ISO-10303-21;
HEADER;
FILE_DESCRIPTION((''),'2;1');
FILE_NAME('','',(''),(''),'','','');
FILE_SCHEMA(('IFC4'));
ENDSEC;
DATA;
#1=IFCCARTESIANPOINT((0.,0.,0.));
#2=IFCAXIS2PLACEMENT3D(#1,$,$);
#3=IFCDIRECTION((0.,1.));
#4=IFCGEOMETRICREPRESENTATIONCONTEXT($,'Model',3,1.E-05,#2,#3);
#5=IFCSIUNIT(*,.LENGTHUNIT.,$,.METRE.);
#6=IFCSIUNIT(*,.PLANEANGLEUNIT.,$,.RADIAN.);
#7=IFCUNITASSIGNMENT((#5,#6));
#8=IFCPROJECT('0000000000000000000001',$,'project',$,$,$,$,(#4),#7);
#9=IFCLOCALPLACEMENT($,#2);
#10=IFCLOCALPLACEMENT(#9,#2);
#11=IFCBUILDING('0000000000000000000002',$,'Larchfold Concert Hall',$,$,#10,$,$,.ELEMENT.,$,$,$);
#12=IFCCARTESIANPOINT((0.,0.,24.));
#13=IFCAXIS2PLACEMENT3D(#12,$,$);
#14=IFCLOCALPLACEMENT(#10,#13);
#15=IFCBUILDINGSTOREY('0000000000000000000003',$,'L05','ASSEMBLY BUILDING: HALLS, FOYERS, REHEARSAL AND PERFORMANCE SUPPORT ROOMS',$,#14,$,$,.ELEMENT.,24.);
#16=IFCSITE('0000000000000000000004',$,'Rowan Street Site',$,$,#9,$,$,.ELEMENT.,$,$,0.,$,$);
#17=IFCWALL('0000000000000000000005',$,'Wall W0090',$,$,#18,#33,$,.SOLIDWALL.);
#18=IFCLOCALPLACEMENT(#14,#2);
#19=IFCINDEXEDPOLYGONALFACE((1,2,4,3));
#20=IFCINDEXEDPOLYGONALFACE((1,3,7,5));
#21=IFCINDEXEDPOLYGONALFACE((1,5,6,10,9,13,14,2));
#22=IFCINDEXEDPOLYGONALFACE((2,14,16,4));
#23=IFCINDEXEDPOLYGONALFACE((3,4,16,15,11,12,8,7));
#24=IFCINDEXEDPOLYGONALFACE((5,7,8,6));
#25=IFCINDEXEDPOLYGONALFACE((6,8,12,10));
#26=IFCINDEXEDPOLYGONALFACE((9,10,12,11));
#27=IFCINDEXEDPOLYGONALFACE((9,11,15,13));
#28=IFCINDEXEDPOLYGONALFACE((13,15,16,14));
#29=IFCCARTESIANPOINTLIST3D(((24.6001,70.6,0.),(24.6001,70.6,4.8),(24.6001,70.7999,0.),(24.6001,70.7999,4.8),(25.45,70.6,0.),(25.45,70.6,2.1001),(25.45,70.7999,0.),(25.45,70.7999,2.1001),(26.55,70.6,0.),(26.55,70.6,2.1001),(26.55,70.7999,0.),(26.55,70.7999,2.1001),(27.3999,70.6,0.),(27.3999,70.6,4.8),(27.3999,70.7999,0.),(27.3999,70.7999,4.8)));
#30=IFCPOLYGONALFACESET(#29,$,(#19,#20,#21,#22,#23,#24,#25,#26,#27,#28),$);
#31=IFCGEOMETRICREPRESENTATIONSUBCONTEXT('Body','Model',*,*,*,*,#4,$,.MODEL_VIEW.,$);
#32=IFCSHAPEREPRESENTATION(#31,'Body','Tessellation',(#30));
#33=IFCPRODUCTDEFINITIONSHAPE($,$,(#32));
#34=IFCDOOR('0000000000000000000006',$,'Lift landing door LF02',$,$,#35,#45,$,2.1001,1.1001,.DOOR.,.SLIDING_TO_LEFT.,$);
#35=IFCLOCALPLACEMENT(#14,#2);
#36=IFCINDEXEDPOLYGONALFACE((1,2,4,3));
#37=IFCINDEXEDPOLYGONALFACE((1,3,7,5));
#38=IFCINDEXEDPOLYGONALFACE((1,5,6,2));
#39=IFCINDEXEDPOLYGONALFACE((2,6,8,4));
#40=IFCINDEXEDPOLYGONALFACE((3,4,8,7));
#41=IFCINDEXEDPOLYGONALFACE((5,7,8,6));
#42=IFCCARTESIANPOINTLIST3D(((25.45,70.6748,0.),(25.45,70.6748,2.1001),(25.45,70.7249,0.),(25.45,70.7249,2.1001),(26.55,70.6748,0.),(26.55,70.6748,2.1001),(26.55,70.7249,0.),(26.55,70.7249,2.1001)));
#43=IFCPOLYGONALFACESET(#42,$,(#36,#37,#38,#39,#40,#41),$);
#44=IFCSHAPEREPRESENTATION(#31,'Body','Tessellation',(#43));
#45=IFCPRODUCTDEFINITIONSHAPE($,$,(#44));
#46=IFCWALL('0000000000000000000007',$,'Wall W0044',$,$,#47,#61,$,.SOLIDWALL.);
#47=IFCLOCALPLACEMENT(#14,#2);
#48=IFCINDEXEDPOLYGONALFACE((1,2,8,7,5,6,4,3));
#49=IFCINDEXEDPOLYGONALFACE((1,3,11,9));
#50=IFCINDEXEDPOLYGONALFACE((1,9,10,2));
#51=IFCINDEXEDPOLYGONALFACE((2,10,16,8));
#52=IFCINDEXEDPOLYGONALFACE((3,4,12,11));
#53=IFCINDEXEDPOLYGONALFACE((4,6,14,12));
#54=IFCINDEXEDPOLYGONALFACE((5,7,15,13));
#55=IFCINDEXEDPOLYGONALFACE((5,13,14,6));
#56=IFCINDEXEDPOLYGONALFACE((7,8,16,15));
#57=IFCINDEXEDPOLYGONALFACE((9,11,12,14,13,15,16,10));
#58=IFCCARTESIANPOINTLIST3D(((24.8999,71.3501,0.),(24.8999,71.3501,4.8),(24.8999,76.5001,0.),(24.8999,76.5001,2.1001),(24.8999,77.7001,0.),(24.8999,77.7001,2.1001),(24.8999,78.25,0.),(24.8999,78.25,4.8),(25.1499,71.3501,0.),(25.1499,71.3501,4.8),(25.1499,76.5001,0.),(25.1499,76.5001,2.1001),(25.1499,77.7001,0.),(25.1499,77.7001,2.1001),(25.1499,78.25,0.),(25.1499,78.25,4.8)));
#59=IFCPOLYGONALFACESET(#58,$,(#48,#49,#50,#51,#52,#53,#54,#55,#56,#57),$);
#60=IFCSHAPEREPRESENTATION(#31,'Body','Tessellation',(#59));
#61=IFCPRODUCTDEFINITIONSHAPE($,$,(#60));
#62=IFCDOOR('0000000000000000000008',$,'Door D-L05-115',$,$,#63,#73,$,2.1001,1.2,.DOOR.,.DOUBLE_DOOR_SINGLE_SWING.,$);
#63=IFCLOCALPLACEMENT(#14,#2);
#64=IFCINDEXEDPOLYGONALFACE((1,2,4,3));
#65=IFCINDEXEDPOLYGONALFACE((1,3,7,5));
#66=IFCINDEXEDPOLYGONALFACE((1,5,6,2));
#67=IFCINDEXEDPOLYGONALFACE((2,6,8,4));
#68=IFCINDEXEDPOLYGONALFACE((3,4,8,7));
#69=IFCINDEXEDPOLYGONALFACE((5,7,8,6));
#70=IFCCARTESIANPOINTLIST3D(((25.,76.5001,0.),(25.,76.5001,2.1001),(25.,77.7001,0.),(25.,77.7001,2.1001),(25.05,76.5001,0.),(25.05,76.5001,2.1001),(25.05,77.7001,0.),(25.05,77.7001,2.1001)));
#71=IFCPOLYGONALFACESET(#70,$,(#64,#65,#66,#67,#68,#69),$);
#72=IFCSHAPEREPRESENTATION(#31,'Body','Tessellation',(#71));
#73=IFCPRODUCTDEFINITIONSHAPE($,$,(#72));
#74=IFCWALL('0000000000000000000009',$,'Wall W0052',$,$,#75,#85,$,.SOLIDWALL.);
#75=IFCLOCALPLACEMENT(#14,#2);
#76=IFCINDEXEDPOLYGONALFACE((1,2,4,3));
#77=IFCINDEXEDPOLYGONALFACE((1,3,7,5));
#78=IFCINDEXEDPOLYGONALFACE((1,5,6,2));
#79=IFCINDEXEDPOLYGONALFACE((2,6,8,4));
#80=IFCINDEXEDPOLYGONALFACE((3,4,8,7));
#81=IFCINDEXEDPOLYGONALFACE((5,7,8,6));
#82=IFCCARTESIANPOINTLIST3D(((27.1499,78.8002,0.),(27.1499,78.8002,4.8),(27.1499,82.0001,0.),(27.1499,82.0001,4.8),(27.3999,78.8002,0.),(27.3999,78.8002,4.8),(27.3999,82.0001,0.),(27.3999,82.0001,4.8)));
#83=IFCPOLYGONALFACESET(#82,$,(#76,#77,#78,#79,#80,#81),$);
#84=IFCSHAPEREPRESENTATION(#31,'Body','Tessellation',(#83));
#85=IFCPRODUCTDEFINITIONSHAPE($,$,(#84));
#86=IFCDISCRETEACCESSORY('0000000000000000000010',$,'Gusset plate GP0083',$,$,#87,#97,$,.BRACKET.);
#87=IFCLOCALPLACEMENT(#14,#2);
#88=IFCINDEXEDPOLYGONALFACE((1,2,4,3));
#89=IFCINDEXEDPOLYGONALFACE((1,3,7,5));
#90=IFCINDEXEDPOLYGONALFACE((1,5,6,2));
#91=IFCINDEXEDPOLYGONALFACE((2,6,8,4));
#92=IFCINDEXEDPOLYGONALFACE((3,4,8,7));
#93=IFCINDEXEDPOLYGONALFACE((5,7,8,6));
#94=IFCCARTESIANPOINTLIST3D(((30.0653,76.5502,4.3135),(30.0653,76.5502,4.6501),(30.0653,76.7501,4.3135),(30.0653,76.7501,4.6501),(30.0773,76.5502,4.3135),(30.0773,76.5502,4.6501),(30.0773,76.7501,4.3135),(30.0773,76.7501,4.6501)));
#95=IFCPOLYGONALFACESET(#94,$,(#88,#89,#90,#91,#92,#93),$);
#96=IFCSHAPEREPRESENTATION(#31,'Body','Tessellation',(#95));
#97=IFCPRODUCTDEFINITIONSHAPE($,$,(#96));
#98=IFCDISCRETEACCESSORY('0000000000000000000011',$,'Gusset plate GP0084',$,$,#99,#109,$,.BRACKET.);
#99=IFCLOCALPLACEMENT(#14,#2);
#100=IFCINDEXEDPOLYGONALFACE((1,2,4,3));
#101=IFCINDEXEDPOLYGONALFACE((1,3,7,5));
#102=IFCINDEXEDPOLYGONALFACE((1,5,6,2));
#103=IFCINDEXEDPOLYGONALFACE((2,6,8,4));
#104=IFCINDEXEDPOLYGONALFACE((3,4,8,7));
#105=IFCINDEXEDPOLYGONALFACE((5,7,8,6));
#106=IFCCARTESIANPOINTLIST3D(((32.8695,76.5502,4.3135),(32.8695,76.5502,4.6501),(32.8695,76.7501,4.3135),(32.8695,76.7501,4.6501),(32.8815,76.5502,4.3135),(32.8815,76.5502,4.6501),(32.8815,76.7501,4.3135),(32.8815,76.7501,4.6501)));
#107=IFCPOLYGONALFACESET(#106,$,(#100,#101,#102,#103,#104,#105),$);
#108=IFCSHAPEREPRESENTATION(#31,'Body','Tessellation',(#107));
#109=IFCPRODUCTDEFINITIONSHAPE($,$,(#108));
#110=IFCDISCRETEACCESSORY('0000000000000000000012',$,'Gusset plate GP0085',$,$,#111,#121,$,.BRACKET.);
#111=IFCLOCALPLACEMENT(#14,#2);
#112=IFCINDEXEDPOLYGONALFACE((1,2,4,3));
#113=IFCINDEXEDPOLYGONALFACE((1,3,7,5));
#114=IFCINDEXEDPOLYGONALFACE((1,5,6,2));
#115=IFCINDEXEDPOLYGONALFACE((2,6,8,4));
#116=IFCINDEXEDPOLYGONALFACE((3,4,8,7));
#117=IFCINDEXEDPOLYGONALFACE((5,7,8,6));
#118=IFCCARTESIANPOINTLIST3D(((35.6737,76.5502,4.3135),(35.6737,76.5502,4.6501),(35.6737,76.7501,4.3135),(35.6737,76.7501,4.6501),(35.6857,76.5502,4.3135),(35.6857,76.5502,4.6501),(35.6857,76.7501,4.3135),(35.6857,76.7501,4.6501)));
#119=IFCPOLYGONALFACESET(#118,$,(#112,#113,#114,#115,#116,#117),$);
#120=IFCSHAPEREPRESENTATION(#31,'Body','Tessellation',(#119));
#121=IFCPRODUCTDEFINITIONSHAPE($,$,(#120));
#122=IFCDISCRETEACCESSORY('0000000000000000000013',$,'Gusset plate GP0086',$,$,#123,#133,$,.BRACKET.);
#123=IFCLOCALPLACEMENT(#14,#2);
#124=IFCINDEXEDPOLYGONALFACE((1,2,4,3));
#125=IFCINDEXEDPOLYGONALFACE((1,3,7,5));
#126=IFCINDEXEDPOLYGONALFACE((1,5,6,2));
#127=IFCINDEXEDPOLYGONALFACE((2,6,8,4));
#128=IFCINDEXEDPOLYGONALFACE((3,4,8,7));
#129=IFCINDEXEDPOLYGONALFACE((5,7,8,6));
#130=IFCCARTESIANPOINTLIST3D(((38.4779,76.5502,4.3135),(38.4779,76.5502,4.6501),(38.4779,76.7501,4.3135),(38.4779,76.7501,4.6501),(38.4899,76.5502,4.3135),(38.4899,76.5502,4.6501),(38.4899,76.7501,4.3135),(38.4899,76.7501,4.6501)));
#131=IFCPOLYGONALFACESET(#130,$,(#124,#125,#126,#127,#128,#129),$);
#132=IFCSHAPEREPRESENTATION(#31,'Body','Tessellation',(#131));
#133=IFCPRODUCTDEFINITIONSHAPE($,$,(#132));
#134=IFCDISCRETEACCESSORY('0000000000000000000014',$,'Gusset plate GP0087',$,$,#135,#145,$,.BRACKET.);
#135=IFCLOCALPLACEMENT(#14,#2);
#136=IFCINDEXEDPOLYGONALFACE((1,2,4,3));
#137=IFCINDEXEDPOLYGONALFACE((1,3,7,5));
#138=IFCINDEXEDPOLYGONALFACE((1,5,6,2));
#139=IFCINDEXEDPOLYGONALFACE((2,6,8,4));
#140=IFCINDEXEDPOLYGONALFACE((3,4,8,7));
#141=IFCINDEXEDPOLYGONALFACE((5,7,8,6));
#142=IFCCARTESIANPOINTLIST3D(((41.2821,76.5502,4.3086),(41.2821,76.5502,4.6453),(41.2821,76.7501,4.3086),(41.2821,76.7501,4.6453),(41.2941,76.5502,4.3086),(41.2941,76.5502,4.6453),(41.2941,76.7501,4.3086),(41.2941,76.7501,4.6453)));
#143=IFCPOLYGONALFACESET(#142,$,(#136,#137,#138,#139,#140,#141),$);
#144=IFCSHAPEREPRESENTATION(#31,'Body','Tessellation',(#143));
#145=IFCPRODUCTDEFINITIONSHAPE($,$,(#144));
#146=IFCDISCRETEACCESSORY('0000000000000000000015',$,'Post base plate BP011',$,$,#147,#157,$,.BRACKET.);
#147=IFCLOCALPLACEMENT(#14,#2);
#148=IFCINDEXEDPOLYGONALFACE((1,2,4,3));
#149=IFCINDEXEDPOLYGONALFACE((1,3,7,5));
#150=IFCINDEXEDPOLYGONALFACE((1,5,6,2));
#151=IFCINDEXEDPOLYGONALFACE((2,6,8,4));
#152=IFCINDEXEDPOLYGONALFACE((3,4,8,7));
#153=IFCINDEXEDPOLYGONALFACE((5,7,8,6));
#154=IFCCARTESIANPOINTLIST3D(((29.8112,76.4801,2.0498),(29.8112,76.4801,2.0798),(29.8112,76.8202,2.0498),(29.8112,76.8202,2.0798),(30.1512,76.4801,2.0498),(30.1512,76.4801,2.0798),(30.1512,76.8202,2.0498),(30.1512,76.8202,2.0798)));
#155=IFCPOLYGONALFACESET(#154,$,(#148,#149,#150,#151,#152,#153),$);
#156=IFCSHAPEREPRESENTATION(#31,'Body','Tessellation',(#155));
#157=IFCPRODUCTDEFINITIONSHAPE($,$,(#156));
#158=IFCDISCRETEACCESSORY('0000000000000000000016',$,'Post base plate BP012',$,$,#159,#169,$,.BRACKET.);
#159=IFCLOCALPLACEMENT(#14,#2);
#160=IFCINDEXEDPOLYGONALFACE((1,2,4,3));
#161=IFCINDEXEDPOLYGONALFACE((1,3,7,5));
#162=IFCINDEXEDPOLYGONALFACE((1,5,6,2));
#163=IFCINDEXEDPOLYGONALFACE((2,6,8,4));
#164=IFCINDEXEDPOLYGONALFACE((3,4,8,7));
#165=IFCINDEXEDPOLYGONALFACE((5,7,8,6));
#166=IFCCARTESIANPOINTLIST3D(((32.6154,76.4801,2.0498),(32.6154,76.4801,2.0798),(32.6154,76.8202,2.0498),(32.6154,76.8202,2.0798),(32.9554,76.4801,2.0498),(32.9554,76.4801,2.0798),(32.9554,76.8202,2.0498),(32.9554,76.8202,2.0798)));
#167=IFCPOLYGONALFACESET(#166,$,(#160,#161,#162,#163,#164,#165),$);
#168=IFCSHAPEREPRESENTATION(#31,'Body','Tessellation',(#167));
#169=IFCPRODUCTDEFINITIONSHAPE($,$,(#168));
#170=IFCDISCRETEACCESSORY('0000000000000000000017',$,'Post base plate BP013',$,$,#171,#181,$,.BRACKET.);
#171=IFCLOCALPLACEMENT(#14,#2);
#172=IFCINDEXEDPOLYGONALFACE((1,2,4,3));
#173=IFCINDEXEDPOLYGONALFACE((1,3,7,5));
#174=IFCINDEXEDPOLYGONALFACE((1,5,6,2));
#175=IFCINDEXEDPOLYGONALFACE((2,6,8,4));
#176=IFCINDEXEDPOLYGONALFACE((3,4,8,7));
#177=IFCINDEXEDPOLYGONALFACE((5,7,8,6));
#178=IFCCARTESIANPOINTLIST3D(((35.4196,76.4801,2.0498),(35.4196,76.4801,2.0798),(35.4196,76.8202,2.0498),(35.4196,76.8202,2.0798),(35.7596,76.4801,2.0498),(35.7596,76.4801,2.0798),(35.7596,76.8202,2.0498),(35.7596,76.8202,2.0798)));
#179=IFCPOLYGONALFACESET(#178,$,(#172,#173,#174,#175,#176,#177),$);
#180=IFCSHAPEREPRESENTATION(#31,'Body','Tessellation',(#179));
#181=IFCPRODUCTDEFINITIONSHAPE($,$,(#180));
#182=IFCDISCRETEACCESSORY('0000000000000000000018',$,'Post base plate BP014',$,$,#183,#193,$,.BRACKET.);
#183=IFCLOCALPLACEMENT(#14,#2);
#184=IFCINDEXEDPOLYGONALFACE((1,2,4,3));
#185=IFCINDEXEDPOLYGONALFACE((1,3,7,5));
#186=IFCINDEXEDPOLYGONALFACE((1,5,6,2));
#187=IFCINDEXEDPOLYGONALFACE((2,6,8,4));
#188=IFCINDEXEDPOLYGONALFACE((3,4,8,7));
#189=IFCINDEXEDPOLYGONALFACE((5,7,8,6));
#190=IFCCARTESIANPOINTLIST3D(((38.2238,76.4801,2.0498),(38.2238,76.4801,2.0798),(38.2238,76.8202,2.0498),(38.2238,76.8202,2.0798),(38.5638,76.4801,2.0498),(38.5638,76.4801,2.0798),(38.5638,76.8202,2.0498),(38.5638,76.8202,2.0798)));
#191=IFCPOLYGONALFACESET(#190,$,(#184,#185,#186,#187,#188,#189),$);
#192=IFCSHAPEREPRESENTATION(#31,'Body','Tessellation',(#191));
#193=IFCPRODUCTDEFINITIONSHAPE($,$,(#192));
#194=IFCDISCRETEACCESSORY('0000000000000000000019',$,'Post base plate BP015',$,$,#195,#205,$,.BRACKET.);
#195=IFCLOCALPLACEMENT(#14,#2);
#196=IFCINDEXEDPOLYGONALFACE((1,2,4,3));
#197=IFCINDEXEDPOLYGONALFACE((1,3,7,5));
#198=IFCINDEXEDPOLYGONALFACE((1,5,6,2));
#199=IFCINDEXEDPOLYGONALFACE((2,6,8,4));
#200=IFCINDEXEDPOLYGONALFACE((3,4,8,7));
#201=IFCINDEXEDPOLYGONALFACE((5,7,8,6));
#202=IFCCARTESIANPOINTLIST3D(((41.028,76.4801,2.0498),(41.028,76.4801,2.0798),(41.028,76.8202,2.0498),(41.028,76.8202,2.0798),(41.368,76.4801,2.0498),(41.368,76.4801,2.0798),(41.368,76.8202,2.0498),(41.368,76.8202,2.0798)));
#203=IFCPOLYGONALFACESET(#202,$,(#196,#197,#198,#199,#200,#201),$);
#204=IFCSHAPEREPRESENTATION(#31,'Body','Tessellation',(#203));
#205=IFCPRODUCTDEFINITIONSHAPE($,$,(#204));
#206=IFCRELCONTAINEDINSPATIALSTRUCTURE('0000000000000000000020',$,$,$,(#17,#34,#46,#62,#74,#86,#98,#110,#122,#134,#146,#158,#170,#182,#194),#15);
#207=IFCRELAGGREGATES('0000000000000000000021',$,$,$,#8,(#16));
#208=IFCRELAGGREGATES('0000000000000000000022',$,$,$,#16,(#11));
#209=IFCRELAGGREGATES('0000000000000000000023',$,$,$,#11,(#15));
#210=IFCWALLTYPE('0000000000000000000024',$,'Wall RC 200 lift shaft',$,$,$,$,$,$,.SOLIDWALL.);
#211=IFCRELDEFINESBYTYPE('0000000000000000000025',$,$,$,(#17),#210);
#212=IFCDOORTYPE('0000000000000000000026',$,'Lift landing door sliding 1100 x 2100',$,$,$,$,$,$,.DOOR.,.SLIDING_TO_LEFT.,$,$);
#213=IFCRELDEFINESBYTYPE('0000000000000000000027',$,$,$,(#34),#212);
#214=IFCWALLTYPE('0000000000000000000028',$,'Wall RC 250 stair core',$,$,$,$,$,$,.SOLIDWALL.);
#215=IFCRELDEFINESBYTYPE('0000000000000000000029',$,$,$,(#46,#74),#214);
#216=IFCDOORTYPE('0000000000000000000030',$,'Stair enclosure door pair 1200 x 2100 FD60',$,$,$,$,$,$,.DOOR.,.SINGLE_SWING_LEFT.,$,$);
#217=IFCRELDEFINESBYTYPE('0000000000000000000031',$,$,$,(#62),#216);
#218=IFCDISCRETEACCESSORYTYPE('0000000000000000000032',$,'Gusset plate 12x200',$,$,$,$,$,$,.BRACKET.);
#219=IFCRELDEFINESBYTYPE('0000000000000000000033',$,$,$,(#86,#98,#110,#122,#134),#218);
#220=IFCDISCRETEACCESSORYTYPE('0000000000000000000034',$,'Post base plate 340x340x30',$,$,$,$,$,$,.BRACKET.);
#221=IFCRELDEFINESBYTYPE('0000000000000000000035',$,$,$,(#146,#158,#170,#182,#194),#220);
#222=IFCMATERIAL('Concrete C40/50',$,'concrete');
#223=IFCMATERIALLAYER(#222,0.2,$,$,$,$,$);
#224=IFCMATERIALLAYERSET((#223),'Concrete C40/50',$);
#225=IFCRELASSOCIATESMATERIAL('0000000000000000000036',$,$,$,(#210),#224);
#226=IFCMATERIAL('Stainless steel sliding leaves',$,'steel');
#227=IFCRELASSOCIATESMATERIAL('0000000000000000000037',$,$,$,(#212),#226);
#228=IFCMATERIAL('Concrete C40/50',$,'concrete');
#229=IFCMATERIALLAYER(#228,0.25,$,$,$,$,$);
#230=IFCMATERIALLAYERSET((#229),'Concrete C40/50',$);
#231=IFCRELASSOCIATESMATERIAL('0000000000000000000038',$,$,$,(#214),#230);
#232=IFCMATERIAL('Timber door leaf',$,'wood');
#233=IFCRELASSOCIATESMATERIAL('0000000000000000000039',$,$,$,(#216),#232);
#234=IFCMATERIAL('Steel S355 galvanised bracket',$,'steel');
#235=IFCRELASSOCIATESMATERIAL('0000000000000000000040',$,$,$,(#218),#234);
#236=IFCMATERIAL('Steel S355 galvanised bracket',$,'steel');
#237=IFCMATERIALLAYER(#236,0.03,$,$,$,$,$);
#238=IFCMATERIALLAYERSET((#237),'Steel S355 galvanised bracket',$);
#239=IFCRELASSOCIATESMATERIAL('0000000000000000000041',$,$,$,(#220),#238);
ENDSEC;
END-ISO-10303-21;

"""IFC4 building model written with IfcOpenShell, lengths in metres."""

from ifc_helpers import new_model, si_unit, direction, frame, frame_2d, origin, origin_2d, place, context, subcontext, project, spatial, rectangle, extrude, material, layer, layer_set, material_profile, profile_set, type_object, element, fill, save


model = new_model("IFC4")

# Units and contexts
model_context = context("Model", 3, precision=1e-05, world=origin(), true_north=direction((0.0, 1.0)))
body_context = subcontext(model_context, "Body", "Model", "MODEL_VIEW")
ifc_project = project(units=[si_unit("LENGTHUNIT", "METRE"), si_unit("PLANEANGLEUNIT", "RADIAN")], contexts=[model_context])

# Site, building, storey
site_placement = place(None, origin())
site = spatial("IfcSite", under=ifc_project, at=site_placement, Name="Rowan Street Site", CompositionType="ELEMENT", RefElevation=0.0)
building_placement = place(site_placement, origin())
building = spatial("IfcBuilding", under=site, at=building_placement, Name="Larchfold Concert Hall", CompositionType="ELEMENT")
storey_placement = place(building_placement, frame((0.0, 0.0, 24.0)))
storey = spatial("IfcBuildingStorey", under=building, at=storey_placement, Name="L05", Description="ASSEMBLY BUILDING: HALLS, FOYERS, REHEARSAL AND PERFORMANCE SUPPORT ROOMS", CompositionType="ELEMENT", Elevation=24.0)

# Walls, openings, doors
ifc_material_1 = material(Name="Concrete C40/50", Category="concrete")
ifc_layer_1 = layer(ifc_material_1, 0.2)
ifc_layer_set_1 = layer_set([ifc_layer_1], Name="Concrete C40/50")
wall_type_1 = type_object("IfcWallType", Name="Wall RC 200 lift shaft", PredefinedType="SOLIDWALL", material=ifc_layer_set_1)
wall_1_placement = place(storey_placement, frame((24.6001, 70.7, 0.0), z_axis=(0.0, 0.0, 1.0), x_axis=(1.0, 0.0, 0.0)))
wall_1 = element("IfcWall", 1, at=wall_1_placement, inside=storey, type_object=wall_type_1, Name="Wall W0090", PredefinedType="SOLIDWALL", context=body_context, shape_type="SweptSolid", body=[
    extrude(rectangle(XDim=2.7998, YDim=0.2, at=frame_2d((1.3999, 0.0))), origin(), (0.0, 0.0, 1.0), 4.8),
])
opening_1_placement = place(wall_1_placement, frame((0.8499, 0.0, 0.0)))
opening_1 = element("IfcOpeningElement", 2, at=opening_1_placement, cuts=wall_1, PredefinedType="OPENING", context=body_context, shape_type="SweptSolid", body=[
    extrude(rectangle(XDim=1.1001, YDim=2.1001, at=frame_2d((0.55, 1.05))), frame((0.0, 0.1099, 0.0), z_axis=(0.0, -1.0, 0.0), x_axis=(1.0, 0.0, 0.0)), (0.0, 0.0, 1.0), 0.22),
])
ifc_material_2 = material(Name="Stainless steel sliding leaves", Category="steel")
door_type_1 = type_object("IfcDoorType", Name="Lift landing door sliding 1100 x 2100", OperationType="SLIDING_TO_LEFT", PredefinedType="DOOR", material=ifc_material_2)
door_1_placement = place(opening_1_placement, origin())
door_1 = element("IfcDoor", 3, at=door_1_placement, inside=storey, type_object=door_type_1, Name="Lift landing door LF02", OperationType="SLIDING_TO_LEFT", OverallHeight=2.1001, OverallWidth=1.1001, PredefinedType="DOOR", context=body_context, shape_type="SweptSolid", body=[
    extrude(rectangle(XDim=1.1001, YDim=2.1001, at=frame_2d((0.55, 1.05))), frame((0.0, 0.0249, 0.0), z_axis=(0.0, -1.0, 0.0), x_axis=(1.0, 0.0, 0.0)), (0.0, 0.0, 1.0), 0.05),
])
fill(opening_1, door_1)
ifc_material_3 = material(Name="Concrete C40/50", Category="concrete")
ifc_layer_2 = layer(ifc_material_3, 0.25)
ifc_layer_set_2 = layer_set([ifc_layer_2], Name="Concrete C40/50")
wall_type_2 = type_object("IfcWallType", Name="Wall RC 250 stair core", PredefinedType="SOLIDWALL", material=ifc_layer_set_2)
wall_2_placement = place(storey_placement, frame((25.0249, 71.3501, 0.0), z_axis=(0.0, 0.0, 1.0), x_axis=(0.0, 1.0, 0.0)))
wall_2 = element("IfcWall", 4, at=wall_2_placement, inside=storey, type_object=wall_type_2, Name="Wall W0044", PredefinedType="SOLIDWALL", context=body_context, shape_type="SweptSolid", body=[
    extrude(rectangle(XDim=6.8999, YDim=0.25, at=frame_2d((3.45, 0.0))), origin(), (0.0, 0.0, 1.0), 4.8),
])
opening_2_placement = place(wall_2_placement, frame((5.1499, 0.0, 0.0)))
opening_2 = element("IfcOpeningElement", 5, at=opening_2_placement, cuts=wall_2, PredefinedType="OPENING", context=body_context, shape_type="SweptSolid", body=[
    extrude(rectangle(XDim=1.2, YDim=2.1001, at=frame_2d((0.6001, 1.05))), frame((0.0, 0.135, 0.0), z_axis=(0.0, -1.0, 0.0), x_axis=(1.0, 0.0, 0.0)), (0.0, 0.0, 1.0), 0.27),
])
ifc_material_4 = material(Name="Timber door leaf", Category="wood")
door_type_2 = type_object("IfcDoorType", Name="Stair enclosure door pair 1200 x 2100 FD60", OperationType="SINGLE_SWING_LEFT", PredefinedType="DOOR", material=ifc_material_4)
door_2_placement = place(opening_2_placement, origin())
door_2 = element("IfcDoor", 6, at=door_2_placement, inside=storey, type_object=door_type_2, Name="Door D-L05-115", OperationType="DOUBLE_DOOR_SINGLE_SWING", OverallHeight=2.1001, OverallWidth=1.2, PredefinedType="DOOR", context=body_context, shape_type="SweptSolid", body=[
    extrude(rectangle(XDim=1.2, YDim=2.1001, at=frame_2d((0.6001, 1.05))), frame((0.0, 0.0249, 0.0), z_axis=(0.0, -1.0, 0.0), x_axis=(1.0, 0.0, 0.0)), (0.0, 0.0, 1.0), 0.05),
])
fill(opening_2, door_2)

# Wall
wall_3_placement = place(storey_placement, frame((27.2749, 78.8, 0.0), z_axis=(0.0, 0.0, 1.0), x_axis=(0.0, 1.0, 0.0)))
element("IfcWall", 7, at=wall_3_placement, inside=storey, type_object=wall_type_2, Name="Wall W0052", PredefinedType="SOLIDWALL", context=body_context, shape_type="SweptSolid", body=[
    extrude(rectangle(XDim=3.2, YDim=0.25, at=frame_2d((1.6001, 0.0))), origin(), (0.0, 0.0, 1.0), 4.8),
])

# Discrete accessories
ifc_material_5 = material(Name="Steel S355 galvanised bracket", Category="steel")
ifc_material_profile_1 = material_profile(ifc_material_5, rectangle(XDim=0.012, YDim=0.2, at=origin_2d()))
ifc_profile_set_1 = profile_set([ifc_material_profile_1], Name="Steel S355 galvanised bracket")
discrete_accessory_type_1 = type_object("IfcDiscreteAccessoryType", Name="Gusset plate 12x200", PredefinedType="BRACKET", material=ifc_profile_set_1)
for number, where, z_axis, x_axis, name in (
    (8, (30.0713, 76.6501, 4.3135), (0.0, 0.0, 1.0), (1.0, 0.0, 0.0), "Gusset plate GP0083"),
    (9, (32.8755, 76.6501, 4.3135), (0.0, 0.0, 1.0), (1.0, 0.0, 0.0), "Gusset plate GP0084"),
    (10, (35.6797, 76.6501, 4.3135), (0.0, 0.0, 1.0), (1.0, 0.0, 0.0), "Gusset plate GP0085"),
    (11, (38.4839, 76.6501, 4.3135), (0.0, 0.0, 1.0), (1.0, 0.0, 0.0), "Gusset plate GP0086"),
    (12, (41.2881, 76.6501, 4.3086), (0.0, 0.0, 1.0), (1.0, 0.0, 0.0), "Gusset plate GP0087"),
):
    element("IfcDiscreteAccessory", number, at=place(storey_placement, frame(where, z_axis=z_axis, x_axis=x_axis)), inside=storey, type_object=discrete_accessory_type_1, Name=name, PredefinedType="BRACKET", context=body_context, shape_type="SweptSolid", body=[
        extrude(rectangle(XDim=0.012, YDim=0.2, at=origin_2d()), origin(), (0.0, 0.0, 1.0), 0.3367),
    ])
ifc_material_6 = material(Name="Steel S355 galvanised bracket", Category="steel")
ifc_layer_3 = layer(ifc_material_6, 0.03)
ifc_layer_set_3 = layer_set([ifc_layer_3], Name="Steel S355 galvanised bracket")
discrete_accessory_type_2 = type_object("IfcDiscreteAccessoryType", Name="Post base plate 340x340x30", PredefinedType="BRACKET", material=ifc_layer_set_3)
for number, where, z_axis, x_axis, name in (
    (13, (29.9812, 76.6501, 2.0498), (0.0, 0.0, 1.0), (1.0, 0.0, 0.0), "Post base plate BP011"),
    (14, (32.7854, 76.6501, 2.0498), (0.0, 0.0, 1.0), (1.0, 0.0, 0.0), "Post base plate BP012"),
    (15, (35.5896, 76.6501, 2.0498), (0.0, 0.0, 1.0), (1.0, 0.0, 0.0), "Post base plate BP013"),
    (16, (38.3938, 76.6501, 2.0498), (0.0, 0.0, 1.0), (1.0, 0.0, 0.0), "Post base plate BP014"),
    (17, (41.198, 76.6501, 2.0498), (0.0, 0.0, 1.0), (1.0, 0.0, 0.0), "Post base plate BP015"),
):
    element("IfcDiscreteAccessory", number, at=place(storey_placement, frame(where, z_axis=z_axis, x_axis=x_axis)), inside=storey, type_object=discrete_accessory_type_2, Name=name, PredefinedType="BRACKET", context=body_context, shape_type="SweptSolid", body=[
        extrude(rectangle(XDim=0.3401, YDim=0.3401, at=origin_2d()), origin(), (0.0, 0.0, 1.0), 0.03),
    ])

save(model, "model.ifc")
